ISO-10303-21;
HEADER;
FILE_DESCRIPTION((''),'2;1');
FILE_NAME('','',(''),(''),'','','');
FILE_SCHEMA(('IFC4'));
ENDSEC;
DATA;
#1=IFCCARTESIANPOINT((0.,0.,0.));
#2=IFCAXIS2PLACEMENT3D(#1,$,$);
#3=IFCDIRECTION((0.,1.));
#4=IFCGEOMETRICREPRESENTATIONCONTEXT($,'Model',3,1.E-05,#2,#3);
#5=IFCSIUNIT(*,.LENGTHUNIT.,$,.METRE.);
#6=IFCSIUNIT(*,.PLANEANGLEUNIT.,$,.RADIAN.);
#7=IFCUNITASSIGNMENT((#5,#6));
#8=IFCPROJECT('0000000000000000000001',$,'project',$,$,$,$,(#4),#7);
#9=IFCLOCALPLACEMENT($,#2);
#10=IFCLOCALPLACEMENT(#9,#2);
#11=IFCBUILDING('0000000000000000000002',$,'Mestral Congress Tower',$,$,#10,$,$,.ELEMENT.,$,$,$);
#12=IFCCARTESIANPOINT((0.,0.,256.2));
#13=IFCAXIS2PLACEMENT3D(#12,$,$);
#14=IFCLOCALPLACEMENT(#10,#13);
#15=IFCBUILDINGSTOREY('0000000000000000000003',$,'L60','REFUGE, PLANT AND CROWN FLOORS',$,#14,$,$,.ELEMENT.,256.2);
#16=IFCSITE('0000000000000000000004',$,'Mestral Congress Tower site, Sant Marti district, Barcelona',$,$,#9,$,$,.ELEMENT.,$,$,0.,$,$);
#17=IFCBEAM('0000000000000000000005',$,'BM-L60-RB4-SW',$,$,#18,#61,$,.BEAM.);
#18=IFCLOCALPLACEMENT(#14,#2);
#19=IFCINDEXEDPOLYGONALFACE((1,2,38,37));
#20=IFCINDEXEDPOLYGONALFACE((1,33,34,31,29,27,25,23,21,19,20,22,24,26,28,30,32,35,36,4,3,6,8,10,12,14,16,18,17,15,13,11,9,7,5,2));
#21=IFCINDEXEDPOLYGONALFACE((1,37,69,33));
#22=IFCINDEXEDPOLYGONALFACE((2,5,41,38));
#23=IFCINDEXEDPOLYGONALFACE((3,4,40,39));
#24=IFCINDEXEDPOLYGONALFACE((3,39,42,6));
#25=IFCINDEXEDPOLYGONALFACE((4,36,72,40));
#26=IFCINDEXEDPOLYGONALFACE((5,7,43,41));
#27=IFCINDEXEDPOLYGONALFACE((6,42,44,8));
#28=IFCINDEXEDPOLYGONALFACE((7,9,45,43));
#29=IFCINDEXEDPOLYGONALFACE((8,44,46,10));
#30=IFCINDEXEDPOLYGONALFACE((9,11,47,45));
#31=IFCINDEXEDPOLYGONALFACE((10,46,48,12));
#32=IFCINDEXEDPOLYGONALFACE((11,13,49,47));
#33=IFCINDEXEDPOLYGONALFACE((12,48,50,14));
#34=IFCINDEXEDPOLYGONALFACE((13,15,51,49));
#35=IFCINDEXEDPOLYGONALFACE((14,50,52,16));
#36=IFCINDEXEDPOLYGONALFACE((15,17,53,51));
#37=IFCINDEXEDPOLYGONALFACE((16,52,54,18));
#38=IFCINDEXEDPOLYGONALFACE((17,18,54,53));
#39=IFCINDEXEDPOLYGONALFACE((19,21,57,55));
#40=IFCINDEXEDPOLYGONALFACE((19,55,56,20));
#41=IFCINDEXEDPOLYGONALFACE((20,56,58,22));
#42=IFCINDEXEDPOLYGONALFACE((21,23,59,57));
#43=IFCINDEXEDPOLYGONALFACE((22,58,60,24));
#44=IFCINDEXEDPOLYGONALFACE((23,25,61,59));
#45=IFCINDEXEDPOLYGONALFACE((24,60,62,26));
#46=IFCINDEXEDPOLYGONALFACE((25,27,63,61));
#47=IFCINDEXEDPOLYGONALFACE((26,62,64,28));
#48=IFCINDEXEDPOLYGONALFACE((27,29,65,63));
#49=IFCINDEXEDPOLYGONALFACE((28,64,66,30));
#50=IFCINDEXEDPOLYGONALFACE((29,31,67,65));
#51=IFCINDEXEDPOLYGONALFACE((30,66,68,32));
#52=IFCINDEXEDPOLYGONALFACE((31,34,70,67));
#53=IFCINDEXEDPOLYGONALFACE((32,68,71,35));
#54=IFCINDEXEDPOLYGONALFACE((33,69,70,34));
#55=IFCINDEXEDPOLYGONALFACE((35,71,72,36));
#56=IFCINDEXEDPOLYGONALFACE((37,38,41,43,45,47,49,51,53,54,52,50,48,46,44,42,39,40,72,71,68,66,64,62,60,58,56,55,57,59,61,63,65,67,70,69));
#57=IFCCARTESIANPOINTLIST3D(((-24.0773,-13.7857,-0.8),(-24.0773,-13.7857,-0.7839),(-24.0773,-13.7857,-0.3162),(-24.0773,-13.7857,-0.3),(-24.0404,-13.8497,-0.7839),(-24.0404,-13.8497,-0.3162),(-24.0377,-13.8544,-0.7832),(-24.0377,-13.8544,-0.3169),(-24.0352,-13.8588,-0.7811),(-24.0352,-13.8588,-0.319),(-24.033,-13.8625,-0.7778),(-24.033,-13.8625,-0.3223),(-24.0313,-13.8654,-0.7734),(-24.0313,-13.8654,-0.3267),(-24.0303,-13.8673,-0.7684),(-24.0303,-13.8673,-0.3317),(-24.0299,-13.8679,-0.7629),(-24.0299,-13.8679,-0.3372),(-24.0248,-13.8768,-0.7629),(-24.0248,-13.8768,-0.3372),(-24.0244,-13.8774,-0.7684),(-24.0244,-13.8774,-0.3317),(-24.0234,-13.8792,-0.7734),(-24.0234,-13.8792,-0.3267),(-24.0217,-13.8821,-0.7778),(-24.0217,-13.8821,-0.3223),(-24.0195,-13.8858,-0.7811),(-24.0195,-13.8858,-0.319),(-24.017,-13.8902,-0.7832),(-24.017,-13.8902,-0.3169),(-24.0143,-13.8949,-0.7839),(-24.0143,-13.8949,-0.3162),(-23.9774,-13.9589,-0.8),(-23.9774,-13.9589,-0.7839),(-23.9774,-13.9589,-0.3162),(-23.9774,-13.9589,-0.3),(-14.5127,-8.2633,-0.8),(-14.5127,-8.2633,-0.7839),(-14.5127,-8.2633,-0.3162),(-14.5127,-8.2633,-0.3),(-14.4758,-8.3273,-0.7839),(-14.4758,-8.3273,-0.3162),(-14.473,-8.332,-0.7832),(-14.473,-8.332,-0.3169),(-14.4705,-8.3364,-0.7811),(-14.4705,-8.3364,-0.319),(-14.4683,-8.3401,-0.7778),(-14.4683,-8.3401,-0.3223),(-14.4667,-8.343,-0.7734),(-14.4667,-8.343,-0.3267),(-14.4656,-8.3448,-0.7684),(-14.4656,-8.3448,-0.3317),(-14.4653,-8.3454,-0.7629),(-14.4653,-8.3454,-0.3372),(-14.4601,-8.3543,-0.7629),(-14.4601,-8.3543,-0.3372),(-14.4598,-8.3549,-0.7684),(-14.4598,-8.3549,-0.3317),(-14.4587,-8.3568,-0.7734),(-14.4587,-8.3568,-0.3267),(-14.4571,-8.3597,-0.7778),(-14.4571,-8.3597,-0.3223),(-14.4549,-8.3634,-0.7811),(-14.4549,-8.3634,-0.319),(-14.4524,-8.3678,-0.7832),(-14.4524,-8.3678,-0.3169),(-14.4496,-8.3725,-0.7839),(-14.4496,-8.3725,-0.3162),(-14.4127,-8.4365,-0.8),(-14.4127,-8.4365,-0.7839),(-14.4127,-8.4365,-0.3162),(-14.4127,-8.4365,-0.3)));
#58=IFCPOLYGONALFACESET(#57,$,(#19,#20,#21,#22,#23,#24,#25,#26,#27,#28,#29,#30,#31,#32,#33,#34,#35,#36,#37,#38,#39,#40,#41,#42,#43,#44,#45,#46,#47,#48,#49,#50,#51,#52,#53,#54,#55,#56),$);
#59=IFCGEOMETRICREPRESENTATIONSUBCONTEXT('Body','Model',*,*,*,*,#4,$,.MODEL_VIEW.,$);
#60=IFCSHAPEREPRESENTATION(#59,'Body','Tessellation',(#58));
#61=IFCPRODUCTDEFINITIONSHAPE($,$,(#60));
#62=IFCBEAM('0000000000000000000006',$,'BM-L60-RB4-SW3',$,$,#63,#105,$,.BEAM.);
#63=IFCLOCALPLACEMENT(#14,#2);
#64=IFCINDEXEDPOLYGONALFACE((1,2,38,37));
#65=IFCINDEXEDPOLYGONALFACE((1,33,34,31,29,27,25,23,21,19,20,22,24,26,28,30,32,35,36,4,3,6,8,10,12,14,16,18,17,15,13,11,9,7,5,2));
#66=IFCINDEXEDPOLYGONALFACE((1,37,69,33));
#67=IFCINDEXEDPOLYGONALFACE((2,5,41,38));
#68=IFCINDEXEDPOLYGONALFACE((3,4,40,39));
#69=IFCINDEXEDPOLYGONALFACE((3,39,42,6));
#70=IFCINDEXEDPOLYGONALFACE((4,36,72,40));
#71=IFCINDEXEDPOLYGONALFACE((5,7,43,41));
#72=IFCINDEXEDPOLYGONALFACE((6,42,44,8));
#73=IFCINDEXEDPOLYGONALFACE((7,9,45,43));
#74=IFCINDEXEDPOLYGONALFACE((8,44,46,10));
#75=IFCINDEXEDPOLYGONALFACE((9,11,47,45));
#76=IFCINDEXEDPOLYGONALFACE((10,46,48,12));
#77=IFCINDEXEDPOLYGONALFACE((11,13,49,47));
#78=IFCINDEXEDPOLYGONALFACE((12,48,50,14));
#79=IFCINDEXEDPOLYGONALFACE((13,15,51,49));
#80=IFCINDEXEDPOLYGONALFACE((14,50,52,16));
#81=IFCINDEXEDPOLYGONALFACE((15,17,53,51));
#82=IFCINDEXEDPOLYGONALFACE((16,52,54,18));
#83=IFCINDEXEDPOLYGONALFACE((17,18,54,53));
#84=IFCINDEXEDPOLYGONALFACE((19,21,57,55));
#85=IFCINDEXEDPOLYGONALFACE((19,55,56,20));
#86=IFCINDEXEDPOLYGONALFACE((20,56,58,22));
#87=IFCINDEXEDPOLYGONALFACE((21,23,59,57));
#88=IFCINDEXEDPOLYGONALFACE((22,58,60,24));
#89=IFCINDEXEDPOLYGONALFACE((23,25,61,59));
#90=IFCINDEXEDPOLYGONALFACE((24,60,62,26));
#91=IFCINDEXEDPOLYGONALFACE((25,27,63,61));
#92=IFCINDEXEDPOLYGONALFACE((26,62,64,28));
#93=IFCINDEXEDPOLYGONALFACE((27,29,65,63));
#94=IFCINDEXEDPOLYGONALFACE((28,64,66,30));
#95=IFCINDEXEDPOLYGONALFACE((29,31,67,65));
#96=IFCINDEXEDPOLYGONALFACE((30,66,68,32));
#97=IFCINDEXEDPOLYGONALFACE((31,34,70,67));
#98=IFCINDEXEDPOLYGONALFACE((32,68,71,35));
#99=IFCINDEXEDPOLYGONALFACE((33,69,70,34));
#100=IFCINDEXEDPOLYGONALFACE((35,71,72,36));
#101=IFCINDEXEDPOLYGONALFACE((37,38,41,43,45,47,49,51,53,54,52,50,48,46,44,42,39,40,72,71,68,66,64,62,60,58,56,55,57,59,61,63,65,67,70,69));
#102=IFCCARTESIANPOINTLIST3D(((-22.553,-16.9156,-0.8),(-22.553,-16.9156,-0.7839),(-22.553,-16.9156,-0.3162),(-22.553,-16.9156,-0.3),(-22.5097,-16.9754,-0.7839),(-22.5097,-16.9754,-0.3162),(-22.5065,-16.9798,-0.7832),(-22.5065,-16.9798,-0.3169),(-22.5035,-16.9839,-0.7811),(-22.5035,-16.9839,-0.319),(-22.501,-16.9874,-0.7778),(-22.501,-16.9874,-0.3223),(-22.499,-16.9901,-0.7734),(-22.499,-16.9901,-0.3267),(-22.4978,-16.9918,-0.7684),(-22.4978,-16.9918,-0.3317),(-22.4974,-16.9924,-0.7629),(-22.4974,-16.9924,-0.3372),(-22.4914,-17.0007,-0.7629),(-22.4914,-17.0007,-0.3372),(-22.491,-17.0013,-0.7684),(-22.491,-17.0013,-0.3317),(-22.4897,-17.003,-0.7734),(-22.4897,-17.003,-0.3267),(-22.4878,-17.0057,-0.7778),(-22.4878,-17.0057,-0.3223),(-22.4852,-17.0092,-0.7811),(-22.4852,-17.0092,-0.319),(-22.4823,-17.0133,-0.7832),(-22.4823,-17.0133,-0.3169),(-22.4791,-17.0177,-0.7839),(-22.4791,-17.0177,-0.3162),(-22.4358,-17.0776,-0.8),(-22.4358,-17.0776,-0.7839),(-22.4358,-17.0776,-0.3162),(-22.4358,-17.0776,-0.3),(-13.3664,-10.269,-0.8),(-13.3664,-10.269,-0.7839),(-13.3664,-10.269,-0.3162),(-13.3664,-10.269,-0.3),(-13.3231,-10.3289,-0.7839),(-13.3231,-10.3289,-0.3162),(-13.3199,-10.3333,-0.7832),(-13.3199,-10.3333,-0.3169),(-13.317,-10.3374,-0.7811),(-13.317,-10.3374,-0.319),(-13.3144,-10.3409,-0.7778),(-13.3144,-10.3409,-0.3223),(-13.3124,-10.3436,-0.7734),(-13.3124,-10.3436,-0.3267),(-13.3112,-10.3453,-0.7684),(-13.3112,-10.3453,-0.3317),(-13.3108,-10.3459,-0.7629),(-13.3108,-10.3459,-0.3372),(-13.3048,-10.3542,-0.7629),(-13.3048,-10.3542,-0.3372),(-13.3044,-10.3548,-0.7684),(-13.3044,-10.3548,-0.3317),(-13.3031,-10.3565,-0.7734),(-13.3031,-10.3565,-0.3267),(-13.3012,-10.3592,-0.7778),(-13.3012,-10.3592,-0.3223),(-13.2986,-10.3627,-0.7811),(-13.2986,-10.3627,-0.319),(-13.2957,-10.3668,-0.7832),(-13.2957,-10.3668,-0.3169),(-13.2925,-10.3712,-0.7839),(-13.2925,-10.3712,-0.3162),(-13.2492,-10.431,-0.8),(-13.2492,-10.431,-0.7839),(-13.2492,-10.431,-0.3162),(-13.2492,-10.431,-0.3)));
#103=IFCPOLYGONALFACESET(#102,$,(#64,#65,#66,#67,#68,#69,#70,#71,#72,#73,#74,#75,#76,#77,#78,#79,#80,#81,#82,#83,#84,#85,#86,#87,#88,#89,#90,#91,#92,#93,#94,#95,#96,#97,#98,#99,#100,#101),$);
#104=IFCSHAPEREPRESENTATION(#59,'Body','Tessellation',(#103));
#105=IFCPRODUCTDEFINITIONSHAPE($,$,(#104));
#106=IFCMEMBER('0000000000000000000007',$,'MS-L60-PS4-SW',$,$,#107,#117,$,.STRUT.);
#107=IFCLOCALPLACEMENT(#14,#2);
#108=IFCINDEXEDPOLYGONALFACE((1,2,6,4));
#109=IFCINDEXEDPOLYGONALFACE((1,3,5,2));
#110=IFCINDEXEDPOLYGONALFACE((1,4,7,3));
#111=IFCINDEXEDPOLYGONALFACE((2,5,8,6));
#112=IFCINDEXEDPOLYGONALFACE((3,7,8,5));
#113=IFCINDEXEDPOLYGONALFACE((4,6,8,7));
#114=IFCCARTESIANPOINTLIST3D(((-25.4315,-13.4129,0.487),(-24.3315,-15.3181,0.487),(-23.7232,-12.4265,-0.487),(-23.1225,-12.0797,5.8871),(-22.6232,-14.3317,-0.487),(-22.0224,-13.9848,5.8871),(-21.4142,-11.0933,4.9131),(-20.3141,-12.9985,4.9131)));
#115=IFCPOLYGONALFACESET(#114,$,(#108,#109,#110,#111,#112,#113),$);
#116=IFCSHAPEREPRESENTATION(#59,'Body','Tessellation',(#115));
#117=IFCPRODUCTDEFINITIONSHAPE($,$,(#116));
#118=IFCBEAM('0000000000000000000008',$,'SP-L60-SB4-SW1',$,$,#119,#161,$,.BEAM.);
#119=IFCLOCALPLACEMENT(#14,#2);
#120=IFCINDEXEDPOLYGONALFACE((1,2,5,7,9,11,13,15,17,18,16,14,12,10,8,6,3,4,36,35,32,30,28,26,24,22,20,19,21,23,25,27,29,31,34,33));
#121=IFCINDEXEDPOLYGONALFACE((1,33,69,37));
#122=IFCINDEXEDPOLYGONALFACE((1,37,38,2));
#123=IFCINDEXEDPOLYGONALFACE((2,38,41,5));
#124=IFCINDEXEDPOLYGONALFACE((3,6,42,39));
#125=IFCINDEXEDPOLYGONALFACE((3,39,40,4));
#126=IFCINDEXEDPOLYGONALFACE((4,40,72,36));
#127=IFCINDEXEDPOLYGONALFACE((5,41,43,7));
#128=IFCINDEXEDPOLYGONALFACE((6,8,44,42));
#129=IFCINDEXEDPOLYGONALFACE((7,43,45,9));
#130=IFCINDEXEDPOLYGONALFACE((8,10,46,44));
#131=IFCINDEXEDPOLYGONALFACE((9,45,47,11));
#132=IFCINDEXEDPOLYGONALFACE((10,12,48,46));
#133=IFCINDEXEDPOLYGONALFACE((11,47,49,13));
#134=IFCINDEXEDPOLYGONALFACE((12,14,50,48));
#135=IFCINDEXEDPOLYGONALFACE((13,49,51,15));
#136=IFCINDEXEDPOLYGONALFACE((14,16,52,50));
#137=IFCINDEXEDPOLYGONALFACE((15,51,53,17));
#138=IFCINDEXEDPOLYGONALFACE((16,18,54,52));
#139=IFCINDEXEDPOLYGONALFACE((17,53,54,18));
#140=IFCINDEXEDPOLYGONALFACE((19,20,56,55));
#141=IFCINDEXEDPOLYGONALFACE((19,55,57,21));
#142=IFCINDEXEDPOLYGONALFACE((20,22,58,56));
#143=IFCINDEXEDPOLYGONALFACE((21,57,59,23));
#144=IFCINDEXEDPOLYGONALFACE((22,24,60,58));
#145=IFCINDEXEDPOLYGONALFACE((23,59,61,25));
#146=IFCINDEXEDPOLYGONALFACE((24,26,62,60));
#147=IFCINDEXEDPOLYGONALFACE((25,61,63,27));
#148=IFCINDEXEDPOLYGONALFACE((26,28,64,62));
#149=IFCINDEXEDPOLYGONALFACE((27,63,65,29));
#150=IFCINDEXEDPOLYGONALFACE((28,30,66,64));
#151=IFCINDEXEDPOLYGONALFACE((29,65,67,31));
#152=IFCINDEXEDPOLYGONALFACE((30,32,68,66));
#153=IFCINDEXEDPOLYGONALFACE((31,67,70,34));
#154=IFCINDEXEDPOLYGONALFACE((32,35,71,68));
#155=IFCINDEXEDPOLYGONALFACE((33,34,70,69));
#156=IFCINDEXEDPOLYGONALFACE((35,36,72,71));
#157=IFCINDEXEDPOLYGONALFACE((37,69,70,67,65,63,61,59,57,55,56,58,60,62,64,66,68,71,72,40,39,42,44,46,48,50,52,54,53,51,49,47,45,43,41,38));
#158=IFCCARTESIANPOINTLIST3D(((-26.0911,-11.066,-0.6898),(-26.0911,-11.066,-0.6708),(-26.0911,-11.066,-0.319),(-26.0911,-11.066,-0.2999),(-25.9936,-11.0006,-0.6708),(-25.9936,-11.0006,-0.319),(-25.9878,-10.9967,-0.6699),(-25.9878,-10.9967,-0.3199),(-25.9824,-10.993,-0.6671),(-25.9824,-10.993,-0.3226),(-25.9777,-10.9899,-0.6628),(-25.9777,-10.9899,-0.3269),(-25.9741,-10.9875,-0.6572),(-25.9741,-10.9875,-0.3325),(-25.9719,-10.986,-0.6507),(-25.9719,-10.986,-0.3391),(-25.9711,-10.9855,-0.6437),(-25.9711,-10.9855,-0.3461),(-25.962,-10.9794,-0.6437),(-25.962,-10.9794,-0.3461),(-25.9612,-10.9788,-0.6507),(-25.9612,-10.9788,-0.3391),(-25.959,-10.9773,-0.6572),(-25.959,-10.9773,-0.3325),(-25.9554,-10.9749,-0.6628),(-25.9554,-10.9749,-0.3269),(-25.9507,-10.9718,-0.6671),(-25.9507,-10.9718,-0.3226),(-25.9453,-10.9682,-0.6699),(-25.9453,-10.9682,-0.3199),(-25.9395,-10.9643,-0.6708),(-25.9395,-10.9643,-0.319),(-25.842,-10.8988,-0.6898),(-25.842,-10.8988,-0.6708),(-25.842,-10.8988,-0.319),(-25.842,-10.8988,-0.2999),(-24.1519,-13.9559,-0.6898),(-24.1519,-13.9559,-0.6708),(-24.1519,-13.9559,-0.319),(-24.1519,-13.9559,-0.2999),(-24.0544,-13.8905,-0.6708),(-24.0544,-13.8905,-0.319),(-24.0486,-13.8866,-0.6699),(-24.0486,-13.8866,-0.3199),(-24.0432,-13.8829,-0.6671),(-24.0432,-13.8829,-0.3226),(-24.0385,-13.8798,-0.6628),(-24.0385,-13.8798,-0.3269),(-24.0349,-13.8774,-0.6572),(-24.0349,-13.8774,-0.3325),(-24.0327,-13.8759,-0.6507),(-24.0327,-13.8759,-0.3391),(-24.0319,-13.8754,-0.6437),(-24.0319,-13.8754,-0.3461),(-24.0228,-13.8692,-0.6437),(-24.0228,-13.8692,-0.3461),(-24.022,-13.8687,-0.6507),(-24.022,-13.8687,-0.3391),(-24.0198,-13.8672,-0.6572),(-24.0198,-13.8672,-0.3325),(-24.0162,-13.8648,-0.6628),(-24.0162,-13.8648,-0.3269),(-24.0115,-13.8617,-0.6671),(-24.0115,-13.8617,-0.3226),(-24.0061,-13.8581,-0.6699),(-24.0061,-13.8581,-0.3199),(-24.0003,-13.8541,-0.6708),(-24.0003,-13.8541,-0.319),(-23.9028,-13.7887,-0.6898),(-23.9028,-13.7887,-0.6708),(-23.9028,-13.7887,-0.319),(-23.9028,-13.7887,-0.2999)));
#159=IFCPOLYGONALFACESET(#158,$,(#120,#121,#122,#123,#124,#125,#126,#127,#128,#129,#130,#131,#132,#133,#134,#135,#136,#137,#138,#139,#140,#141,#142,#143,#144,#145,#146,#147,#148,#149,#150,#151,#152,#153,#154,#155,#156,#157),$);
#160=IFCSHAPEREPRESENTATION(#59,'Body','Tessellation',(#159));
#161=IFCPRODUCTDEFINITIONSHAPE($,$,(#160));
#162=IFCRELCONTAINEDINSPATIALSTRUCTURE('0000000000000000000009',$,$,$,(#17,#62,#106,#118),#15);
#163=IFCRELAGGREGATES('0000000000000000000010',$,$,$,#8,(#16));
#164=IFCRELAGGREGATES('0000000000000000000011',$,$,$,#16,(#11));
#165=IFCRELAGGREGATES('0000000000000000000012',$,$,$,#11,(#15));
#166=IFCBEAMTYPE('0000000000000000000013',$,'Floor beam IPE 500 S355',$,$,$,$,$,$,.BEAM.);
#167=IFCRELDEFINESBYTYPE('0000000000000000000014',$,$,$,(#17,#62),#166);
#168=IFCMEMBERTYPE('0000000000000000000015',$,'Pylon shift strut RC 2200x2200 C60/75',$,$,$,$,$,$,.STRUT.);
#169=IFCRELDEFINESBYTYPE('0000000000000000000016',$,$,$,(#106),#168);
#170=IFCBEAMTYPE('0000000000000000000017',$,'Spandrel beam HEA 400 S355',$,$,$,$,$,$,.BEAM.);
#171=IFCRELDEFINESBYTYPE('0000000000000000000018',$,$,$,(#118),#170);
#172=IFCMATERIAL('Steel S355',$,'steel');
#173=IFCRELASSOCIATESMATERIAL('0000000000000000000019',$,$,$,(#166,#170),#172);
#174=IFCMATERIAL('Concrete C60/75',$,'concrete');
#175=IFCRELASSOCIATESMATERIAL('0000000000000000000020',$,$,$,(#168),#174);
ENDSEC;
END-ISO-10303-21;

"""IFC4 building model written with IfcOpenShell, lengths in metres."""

from ifc_helpers import new_model, si_unit, direction, frame, origin, origin_2d, place, context, subcontext, project, spatial, rectangle, i_section, extrude, material, material_profile, profile_set, type_object, element, save


model = new_model("IFC4")

# Units and contexts
model_context = context("Model", 3, precision=1e-05, world=origin(), true_north=direction((0.0, 1.0)))
body_context = subcontext(model_context, "Body", "Model", "MODEL_VIEW")
ifc_project = project(units=[si_unit("LENGTHUNIT", "METRE"), si_unit("PLANEANGLEUNIT", "RADIAN")], contexts=[model_context])

# Site, building, storey
site_placement = place(None, origin())
site = spatial("IfcSite", under=ifc_project, at=site_placement, Name="Mestral Congress Tower site, Sant Marti district, Barcelona", CompositionType="ELEMENT", RefElevation=0.0)
building_placement = place(site_placement, origin())
building = spatial("IfcBuilding", under=site, at=building_placement, Name="Mestral Congress Tower", CompositionType="ELEMENT")
storey_placement = place(building_placement, frame((0.0, 0.0, 256.2)))
storey = spatial("IfcBuildingStorey", under=building, at=storey_placement, Name="L60", Description="REFUGE, PLANT AND CROWN FLOORS", CompositionType="ELEMENT", Elevation=256.2)

# Shared definitions
ifc_material_1 = material(Name="Steel S355", Category="steel")

# Beams
ifc_material_profile_1 = material_profile(ifc_material_1, i_section(OverallWidth=0.2, OverallDepth=0.5, WebThickness=0.0103, FlangeThickness=0.0161, FilletRadius=0.021, at=origin_2d()), Name="IPE 500")
ifc_profile_set_1 = profile_set([ifc_material_profile_1], Name="Steel S355")
beam_type_1 = type_object("IfcBeamType", Name="Floor beam IPE 500 S355", PredefinedType="BEAM", material=ifc_profile_set_1)
beam_1_placement = place(storey_placement, frame((-24.0273, -13.8723, -0.55), z_axis=(0.866014, 0.500019, 0.0), x_axis=(-0.500019, 0.866014, 0.0)))
element("IfcBeam", 1, at=beam_1_placement, inside=storey, type_object=beam_type_1, Name="BM-L60-RB4-SW", PredefinedType="BEAM", context=body_context, shape_type="SweptSolid", body=[
    extrude(i_section(OverallWidth=0.2, OverallDepth=0.5, WebThickness=0.0103, FlangeThickness=0.0161, FilletRadius=0.021, at=origin_2d()), origin(), (0.0, 0.0, 1.0), 11.0444),
])
beam_2_placement = place(storey_placement, frame((-22.4944, -16.9966, -0.55), z_axis=(0.810186, 0.586173, 0.0), x_axis=(-0.586173, 0.810186, 0.0)))
element("IfcBeam", 2, at=beam_2_placement, inside=storey, type_object=beam_type_1, Name="BM-L60-RB4-SW3", PredefinedType="BEAM", context=body_context, shape_type="SweptSolid", body=[
    extrude(i_section(OverallWidth=0.2, OverallDepth=0.5, WebThickness=0.0103, FlangeThickness=0.0161, FilletRadius=0.021, at=origin_2d()), origin(), (0.0, 0.0, 1.0), 11.3389),
])

# Member
ifc_material_2 = material(Name="Concrete C60/75", Category="concrete")
ifc_material_profile_2 = material_profile(ifc_material_2, rectangle(XDim=2.2, YDim=2.2, at=origin_2d()), Name="RC 2200x2200")
ifc_profile_set_2 = profile_set([ifc_material_profile_2], Name="Concrete C60/75")
member_type_1 = type_object("IfcMemberType", Name="Pylon shift strut RC 2200x2200 C60/75", PredefinedType="STRUT", material=ifc_profile_set_2)
member_1_placement = place(storey_placement, frame((-24.0273, -13.8723, 0.0), z_axis=(0.383407, 0.221377, 0.896656), x_axis=(-0.500029, 0.866009, 0.0)))
element("IfcMember", 3, at=member_1_placement, inside=storey, type_object=member_type_1, Name="MS-L60-PS4-SW", PredefinedType="STRUT", context=body_context, shape_type="SweptSolid", body=[
    extrude(rectangle(XDim=2.2, YDim=2.2, at=origin_2d()), origin(), (0.0, 0.0, 1.0), 6.0225),
])

# Beam
ifc_material_profile_3 = material_profile(ifc_material_1, i_section(OverallWidth=0.3, OverallDepth=0.3899, WebThickness=0.011, FlangeThickness=0.019, FilletRadius=0.0271, at=origin_2d()), Name="HEA 400")
ifc_profile_set_3 = profile_set([ifc_material_profile_3], Name="Steel S355")
beam_type_2 = type_object("IfcBeamType", Name="Spandrel beam HEA 400 S355", PredefinedType="BEAM", material=ifc_profile_set_3)
beam_3_placement = place(storey_placement, frame((-25.9666, -10.9824, -0.4949), z_axis=(0.557207, -0.830374, 0.0), x_axis=(0.830374, 0.557207, 0.0)))
element("IfcBeam", 4, at=beam_3_placement, inside=storey, type_object=beam_type_2, Name="SP-L60-SB4-SW1", PredefinedType="BEAM", context=body_context, shape_type="SweptSolid", body=[
    extrude(i_section(OverallWidth=0.3, OverallDepth=0.3899, WebThickness=0.011, FlangeThickness=0.019, FilletRadius=0.0271, at=origin_2d()), origin(), (0.0, 0.0, 1.0), 3.4802),
])

save(model, "model.ifc")
